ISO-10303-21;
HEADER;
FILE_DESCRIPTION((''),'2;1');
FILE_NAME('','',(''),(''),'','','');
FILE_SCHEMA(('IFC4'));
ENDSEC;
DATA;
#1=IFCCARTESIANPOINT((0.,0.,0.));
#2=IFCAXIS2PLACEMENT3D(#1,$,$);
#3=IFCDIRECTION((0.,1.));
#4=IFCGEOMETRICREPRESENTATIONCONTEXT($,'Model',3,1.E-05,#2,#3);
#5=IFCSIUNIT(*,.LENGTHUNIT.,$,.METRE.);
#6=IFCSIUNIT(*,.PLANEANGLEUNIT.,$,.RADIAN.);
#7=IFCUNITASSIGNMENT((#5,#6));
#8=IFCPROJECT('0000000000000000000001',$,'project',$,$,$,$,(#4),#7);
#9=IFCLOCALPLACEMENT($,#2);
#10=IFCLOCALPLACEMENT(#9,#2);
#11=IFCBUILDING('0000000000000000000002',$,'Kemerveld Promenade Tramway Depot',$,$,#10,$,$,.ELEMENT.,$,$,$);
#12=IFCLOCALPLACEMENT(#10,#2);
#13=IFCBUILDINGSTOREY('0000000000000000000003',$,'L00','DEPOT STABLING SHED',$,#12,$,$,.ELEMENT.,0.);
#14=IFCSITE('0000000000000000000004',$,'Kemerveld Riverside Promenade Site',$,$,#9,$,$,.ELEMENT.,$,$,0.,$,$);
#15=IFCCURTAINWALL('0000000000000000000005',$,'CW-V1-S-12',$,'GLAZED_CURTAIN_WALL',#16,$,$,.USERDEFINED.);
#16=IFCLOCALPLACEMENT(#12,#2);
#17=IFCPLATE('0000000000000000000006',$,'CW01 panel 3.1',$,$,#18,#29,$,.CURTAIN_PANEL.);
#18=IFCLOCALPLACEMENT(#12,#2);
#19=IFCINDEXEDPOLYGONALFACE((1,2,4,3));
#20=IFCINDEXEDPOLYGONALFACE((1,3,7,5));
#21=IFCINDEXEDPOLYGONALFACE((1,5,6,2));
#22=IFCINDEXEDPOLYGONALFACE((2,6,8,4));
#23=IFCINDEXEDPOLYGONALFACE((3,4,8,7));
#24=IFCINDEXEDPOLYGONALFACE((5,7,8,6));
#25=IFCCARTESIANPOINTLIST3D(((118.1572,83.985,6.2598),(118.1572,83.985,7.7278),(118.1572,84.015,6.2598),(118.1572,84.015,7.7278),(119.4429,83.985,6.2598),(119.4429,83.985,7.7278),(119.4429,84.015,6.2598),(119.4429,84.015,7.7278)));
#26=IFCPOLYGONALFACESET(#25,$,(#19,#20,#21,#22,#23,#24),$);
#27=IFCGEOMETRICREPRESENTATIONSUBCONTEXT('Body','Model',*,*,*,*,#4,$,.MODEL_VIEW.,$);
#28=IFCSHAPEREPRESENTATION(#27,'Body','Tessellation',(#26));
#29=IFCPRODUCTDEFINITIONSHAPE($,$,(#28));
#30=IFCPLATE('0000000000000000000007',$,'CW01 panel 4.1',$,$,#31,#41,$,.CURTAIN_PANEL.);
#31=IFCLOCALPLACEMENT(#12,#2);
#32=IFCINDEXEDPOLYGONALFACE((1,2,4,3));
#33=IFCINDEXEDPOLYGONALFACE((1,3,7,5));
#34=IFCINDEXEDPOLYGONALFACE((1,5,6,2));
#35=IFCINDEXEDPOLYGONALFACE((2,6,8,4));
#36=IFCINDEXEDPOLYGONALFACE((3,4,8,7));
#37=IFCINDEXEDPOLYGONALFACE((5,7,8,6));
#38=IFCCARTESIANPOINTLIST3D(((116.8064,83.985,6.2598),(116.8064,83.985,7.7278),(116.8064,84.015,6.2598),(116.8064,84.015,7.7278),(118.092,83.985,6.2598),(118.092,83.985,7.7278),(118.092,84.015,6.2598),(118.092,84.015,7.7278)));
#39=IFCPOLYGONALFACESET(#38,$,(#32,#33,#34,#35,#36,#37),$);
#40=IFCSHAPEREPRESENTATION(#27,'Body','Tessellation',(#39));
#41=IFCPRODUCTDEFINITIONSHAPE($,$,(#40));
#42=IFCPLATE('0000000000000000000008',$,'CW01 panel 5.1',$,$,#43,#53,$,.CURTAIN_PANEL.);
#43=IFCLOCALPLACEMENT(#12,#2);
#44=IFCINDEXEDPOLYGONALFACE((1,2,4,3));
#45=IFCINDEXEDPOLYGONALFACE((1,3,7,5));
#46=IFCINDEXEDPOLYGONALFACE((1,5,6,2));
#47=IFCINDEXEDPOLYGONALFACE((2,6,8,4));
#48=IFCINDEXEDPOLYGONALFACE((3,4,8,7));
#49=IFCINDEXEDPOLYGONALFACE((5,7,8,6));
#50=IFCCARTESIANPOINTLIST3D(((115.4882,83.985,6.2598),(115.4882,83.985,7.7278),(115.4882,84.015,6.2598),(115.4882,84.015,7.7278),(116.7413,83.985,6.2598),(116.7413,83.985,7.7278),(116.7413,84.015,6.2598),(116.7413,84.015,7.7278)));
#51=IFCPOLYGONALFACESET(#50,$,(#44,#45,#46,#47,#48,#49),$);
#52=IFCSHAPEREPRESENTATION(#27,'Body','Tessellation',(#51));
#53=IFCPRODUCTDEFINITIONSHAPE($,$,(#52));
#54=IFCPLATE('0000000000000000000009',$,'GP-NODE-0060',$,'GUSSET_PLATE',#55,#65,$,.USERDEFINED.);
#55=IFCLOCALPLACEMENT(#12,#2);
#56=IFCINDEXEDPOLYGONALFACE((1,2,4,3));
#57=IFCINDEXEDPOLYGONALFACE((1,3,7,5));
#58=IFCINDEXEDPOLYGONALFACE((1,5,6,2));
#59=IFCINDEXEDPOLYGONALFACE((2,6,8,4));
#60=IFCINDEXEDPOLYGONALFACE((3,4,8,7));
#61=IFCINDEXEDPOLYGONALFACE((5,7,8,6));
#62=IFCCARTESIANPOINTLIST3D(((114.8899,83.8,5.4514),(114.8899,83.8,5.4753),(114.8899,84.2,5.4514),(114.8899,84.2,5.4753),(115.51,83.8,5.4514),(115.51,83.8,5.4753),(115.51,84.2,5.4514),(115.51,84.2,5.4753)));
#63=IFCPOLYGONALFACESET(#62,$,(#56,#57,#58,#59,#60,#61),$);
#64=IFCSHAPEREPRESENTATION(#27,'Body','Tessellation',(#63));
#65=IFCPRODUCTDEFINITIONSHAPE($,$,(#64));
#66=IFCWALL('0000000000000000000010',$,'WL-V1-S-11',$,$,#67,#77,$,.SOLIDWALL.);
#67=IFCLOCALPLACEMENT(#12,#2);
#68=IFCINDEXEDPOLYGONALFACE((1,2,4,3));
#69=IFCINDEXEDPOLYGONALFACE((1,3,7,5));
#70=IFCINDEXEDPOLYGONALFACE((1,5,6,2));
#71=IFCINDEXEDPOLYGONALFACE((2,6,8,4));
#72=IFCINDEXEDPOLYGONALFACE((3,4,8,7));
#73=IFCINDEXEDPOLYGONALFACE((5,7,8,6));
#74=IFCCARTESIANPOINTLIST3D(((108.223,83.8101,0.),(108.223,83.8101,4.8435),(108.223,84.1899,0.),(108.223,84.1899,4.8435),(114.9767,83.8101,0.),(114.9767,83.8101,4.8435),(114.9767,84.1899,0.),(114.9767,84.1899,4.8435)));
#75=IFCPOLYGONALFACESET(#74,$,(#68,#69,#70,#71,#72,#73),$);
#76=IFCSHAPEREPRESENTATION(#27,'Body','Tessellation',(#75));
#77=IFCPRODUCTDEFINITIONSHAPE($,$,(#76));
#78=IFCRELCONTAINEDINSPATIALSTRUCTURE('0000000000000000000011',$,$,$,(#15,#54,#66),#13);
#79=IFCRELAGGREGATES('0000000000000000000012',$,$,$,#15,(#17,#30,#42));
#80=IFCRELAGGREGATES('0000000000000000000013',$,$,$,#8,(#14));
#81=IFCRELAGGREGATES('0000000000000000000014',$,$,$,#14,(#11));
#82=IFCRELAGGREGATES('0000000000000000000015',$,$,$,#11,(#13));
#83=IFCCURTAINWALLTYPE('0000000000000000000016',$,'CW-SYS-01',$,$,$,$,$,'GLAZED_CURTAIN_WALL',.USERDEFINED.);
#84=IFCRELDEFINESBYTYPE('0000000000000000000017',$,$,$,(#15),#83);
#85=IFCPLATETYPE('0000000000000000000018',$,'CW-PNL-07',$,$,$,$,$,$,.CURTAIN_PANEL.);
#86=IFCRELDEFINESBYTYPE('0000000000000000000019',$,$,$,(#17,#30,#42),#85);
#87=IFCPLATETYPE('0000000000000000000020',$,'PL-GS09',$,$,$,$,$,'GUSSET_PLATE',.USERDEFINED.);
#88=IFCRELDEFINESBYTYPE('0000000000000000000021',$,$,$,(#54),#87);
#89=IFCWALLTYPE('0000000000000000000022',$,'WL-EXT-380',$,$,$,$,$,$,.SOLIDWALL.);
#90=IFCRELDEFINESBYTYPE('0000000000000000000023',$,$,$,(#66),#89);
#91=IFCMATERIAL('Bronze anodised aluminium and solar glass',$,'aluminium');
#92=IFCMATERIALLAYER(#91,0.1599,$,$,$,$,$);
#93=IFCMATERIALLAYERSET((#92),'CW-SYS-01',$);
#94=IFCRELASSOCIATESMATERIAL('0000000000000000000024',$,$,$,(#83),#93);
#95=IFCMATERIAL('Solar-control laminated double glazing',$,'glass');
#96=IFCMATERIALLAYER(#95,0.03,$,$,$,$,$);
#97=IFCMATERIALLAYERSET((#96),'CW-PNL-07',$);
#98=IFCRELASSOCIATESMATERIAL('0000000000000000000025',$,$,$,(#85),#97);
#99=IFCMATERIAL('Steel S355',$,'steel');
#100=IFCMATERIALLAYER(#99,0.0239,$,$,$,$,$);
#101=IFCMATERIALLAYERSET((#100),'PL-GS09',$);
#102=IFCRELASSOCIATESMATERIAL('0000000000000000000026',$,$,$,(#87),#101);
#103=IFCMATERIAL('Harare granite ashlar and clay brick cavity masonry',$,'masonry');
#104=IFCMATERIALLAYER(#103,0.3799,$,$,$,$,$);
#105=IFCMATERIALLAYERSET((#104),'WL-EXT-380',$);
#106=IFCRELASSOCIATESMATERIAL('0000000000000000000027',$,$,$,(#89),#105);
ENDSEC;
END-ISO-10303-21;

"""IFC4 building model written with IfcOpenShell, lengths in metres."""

from ifc_helpers import new_model, si_unit, direction, frame, frame_2d, origin, origin_2d, place, context, subcontext, project, spatial, rectangle, extrude, material, layer, layer_set, type_object, element, aggregate, save


model = new_model("IFC4")

# Units and contexts
model_context = context("Model", 3, precision=1e-05, world=origin(), true_north=direction((0.0, 1.0)))
body_context = subcontext(model_context, "Body", "Model", "MODEL_VIEW")
ifc_project = project(units=[si_unit("LENGTHUNIT", "METRE"), si_unit("PLANEANGLEUNIT", "RADIAN")], contexts=[model_context])

# Site, building, storey
site_placement = place(None, origin())
site = spatial("IfcSite", under=ifc_project, at=site_placement, Name="Kemerveld Riverside Promenade Site", CompositionType="ELEMENT", RefElevation=0.0)
building_placement = place(site_placement, origin())
building = spatial("IfcBuilding", under=site, at=building_placement, Name="Kemerveld Promenade Tramway Depot", CompositionType="ELEMENT")
storey_placement = place(building_placement, origin())
storey = spatial("IfcBuildingStorey", under=building, at=storey_placement, Name="L00", Description="DEPOT STABLING SHED", CompositionType="ELEMENT", Elevation=0.0)

# Shared definitions
ifc_material_1 = material(Name="Steel S355", Category="steel")

# Curtain wall
ifc_material_2 = material(Name="Bronze anodised aluminium and solar glass", Category="aluminium")
ifc_layer_1 = layer(ifc_material_2, 0.1599)
ifc_layer_set_1 = layer_set([ifc_layer_1], Name="CW-SYS-01")
curtain_wall_type_1 = type_object("IfcCurtainWallType", Name="CW-SYS-01", ElementType="GLAZED_CURTAIN_WALL", PredefinedType="USERDEFINED", material=ifc_layer_set_1)
curtain_wall_1_placement = place(storey_placement, origin())
curtain_wall_1 = element("IfcCurtainWall", 1, at=curtain_wall_1_placement, inside=storey, type_object=curtain_wall_type_1, Name="CW-V1-S-12", ObjectType="GLAZED_CURTAIN_WALL", PredefinedType="USERDEFINED")

# Plates
ifc_material_3 = material(Name="Solar-control laminated double glazing", Category="glass")
ifc_layer_2 = layer(ifc_material_3, 0.03)
ifc_layer_set_2 = layer_set([ifc_layer_2], Name="CW-PNL-07")
plate_type_1 = type_object("IfcPlateType", Name="CW-PNL-07", PredefinedType="CURTAIN_PANEL", material=ifc_layer_set_2)
plate_1_placement = place(storey_placement, frame((118.8, 84.0, 6.2598), z_axis=(0.0, 0.0, 1.0), x_axis=(-1.0, 0.0, 0.0)))
plate_1 = element("IfcPlate", 2, at=plate_1_placement, type_object=plate_type_1, Name="CW01 panel 3.1", PredefinedType="CURTAIN_PANEL", context=body_context, shape_type="SweptSolid", body=[
    extrude(rectangle(XDim=1.2856, YDim=0.03, at=origin_2d()), origin(), (0.0, 0.0, 1.0), 1.468),
])
plate_2_placement = place(storey_placement, frame((117.4492, 84.0, 6.2598), z_axis=(0.0, 0.0, 1.0), x_axis=(-1.0, 0.0, 0.0)))
plate_2 = element("IfcPlate", 3, at=plate_2_placement, type_object=plate_type_1, Name="CW01 panel 4.1", PredefinedType="CURTAIN_PANEL", context=body_context, shape_type="SweptSolid", body=[
    extrude(rectangle(XDim=1.2856, YDim=0.03, at=origin_2d()), origin(), (0.0, 0.0, 1.0), 1.468),
])
plate_3_placement = place(storey_placement, frame((116.1147, 84.0, 6.2598), z_axis=(0.0, 0.0, 1.0), x_axis=(-1.0, 0.0, 0.0)))
plate_3 = element("IfcPlate", 4, at=plate_3_placement, type_object=plate_type_1, Name="CW01 panel 5.1", PredefinedType="CURTAIN_PANEL", context=body_context, shape_type="SweptSolid", body=[
    extrude(rectangle(XDim=1.2532, YDim=0.03, at=origin_2d()), origin(), (0.0, 0.0, 1.0), 1.468),
])
aggregate(curtain_wall_1, [plate_1, plate_2, plate_3])
ifc_layer_3 = layer(ifc_material_1, 0.0239)
ifc_layer_set_3 = layer_set([ifc_layer_3], Name="PL-GS09")
plate_type_2 = type_object("IfcPlateType", Name="PL-GS09", ElementType="GUSSET_PLATE", PredefinedType="USERDEFINED", material=ifc_layer_set_3)
plate_4_placement = place(storey_placement, frame((115.2, 84.0, 5.4514), z_axis=(0.0, 0.0, 1.0), x_axis=(1.0, 0.0, 0.0)))
element("IfcPlate", 5, at=plate_4_placement, inside=storey, type_object=plate_type_2, Name="GP-NODE-0060", ObjectType="GUSSET_PLATE", PredefinedType="USERDEFINED", context=body_context, shape_type="SweptSolid", body=[
    extrude(rectangle(XDim=0.6201, YDim=0.3999, at=origin_2d()), origin(), (0.0, 0.0, 1.0), 0.0239),
])

# Wall
ifc_material_4 = material(Name="Harare granite ashlar and clay brick cavity masonry", Category="masonry")
ifc_layer_4 = layer(ifc_material_4, 0.3799)
ifc_layer_set_4 = layer_set([ifc_layer_4], Name="WL-EXT-380")
wall_type = type_object("IfcWallType", Name="WL-EXT-380", PredefinedType="SOLIDWALL", material=ifc_layer_set_4)
wall_placement = place(storey_placement, frame((114.9768, 84.0, 0.0), z_axis=(0.0, 0.0, 1.0), x_axis=(-1.0, 0.0, 0.0)))
element("IfcWall", 6, at=wall_placement, inside=storey, type_object=wall_type, Name="WL-V1-S-11", PredefinedType="SOLIDWALL", context=body_context, shape_type="SweptSolid", body=[
    extrude(rectangle(XDim=6.7537, YDim=0.3799, at=frame_2d((3.377, 0.0))), origin(), (0.0, 0.0, 1.0), 4.8435),
])

save(model, "model.ifc")
